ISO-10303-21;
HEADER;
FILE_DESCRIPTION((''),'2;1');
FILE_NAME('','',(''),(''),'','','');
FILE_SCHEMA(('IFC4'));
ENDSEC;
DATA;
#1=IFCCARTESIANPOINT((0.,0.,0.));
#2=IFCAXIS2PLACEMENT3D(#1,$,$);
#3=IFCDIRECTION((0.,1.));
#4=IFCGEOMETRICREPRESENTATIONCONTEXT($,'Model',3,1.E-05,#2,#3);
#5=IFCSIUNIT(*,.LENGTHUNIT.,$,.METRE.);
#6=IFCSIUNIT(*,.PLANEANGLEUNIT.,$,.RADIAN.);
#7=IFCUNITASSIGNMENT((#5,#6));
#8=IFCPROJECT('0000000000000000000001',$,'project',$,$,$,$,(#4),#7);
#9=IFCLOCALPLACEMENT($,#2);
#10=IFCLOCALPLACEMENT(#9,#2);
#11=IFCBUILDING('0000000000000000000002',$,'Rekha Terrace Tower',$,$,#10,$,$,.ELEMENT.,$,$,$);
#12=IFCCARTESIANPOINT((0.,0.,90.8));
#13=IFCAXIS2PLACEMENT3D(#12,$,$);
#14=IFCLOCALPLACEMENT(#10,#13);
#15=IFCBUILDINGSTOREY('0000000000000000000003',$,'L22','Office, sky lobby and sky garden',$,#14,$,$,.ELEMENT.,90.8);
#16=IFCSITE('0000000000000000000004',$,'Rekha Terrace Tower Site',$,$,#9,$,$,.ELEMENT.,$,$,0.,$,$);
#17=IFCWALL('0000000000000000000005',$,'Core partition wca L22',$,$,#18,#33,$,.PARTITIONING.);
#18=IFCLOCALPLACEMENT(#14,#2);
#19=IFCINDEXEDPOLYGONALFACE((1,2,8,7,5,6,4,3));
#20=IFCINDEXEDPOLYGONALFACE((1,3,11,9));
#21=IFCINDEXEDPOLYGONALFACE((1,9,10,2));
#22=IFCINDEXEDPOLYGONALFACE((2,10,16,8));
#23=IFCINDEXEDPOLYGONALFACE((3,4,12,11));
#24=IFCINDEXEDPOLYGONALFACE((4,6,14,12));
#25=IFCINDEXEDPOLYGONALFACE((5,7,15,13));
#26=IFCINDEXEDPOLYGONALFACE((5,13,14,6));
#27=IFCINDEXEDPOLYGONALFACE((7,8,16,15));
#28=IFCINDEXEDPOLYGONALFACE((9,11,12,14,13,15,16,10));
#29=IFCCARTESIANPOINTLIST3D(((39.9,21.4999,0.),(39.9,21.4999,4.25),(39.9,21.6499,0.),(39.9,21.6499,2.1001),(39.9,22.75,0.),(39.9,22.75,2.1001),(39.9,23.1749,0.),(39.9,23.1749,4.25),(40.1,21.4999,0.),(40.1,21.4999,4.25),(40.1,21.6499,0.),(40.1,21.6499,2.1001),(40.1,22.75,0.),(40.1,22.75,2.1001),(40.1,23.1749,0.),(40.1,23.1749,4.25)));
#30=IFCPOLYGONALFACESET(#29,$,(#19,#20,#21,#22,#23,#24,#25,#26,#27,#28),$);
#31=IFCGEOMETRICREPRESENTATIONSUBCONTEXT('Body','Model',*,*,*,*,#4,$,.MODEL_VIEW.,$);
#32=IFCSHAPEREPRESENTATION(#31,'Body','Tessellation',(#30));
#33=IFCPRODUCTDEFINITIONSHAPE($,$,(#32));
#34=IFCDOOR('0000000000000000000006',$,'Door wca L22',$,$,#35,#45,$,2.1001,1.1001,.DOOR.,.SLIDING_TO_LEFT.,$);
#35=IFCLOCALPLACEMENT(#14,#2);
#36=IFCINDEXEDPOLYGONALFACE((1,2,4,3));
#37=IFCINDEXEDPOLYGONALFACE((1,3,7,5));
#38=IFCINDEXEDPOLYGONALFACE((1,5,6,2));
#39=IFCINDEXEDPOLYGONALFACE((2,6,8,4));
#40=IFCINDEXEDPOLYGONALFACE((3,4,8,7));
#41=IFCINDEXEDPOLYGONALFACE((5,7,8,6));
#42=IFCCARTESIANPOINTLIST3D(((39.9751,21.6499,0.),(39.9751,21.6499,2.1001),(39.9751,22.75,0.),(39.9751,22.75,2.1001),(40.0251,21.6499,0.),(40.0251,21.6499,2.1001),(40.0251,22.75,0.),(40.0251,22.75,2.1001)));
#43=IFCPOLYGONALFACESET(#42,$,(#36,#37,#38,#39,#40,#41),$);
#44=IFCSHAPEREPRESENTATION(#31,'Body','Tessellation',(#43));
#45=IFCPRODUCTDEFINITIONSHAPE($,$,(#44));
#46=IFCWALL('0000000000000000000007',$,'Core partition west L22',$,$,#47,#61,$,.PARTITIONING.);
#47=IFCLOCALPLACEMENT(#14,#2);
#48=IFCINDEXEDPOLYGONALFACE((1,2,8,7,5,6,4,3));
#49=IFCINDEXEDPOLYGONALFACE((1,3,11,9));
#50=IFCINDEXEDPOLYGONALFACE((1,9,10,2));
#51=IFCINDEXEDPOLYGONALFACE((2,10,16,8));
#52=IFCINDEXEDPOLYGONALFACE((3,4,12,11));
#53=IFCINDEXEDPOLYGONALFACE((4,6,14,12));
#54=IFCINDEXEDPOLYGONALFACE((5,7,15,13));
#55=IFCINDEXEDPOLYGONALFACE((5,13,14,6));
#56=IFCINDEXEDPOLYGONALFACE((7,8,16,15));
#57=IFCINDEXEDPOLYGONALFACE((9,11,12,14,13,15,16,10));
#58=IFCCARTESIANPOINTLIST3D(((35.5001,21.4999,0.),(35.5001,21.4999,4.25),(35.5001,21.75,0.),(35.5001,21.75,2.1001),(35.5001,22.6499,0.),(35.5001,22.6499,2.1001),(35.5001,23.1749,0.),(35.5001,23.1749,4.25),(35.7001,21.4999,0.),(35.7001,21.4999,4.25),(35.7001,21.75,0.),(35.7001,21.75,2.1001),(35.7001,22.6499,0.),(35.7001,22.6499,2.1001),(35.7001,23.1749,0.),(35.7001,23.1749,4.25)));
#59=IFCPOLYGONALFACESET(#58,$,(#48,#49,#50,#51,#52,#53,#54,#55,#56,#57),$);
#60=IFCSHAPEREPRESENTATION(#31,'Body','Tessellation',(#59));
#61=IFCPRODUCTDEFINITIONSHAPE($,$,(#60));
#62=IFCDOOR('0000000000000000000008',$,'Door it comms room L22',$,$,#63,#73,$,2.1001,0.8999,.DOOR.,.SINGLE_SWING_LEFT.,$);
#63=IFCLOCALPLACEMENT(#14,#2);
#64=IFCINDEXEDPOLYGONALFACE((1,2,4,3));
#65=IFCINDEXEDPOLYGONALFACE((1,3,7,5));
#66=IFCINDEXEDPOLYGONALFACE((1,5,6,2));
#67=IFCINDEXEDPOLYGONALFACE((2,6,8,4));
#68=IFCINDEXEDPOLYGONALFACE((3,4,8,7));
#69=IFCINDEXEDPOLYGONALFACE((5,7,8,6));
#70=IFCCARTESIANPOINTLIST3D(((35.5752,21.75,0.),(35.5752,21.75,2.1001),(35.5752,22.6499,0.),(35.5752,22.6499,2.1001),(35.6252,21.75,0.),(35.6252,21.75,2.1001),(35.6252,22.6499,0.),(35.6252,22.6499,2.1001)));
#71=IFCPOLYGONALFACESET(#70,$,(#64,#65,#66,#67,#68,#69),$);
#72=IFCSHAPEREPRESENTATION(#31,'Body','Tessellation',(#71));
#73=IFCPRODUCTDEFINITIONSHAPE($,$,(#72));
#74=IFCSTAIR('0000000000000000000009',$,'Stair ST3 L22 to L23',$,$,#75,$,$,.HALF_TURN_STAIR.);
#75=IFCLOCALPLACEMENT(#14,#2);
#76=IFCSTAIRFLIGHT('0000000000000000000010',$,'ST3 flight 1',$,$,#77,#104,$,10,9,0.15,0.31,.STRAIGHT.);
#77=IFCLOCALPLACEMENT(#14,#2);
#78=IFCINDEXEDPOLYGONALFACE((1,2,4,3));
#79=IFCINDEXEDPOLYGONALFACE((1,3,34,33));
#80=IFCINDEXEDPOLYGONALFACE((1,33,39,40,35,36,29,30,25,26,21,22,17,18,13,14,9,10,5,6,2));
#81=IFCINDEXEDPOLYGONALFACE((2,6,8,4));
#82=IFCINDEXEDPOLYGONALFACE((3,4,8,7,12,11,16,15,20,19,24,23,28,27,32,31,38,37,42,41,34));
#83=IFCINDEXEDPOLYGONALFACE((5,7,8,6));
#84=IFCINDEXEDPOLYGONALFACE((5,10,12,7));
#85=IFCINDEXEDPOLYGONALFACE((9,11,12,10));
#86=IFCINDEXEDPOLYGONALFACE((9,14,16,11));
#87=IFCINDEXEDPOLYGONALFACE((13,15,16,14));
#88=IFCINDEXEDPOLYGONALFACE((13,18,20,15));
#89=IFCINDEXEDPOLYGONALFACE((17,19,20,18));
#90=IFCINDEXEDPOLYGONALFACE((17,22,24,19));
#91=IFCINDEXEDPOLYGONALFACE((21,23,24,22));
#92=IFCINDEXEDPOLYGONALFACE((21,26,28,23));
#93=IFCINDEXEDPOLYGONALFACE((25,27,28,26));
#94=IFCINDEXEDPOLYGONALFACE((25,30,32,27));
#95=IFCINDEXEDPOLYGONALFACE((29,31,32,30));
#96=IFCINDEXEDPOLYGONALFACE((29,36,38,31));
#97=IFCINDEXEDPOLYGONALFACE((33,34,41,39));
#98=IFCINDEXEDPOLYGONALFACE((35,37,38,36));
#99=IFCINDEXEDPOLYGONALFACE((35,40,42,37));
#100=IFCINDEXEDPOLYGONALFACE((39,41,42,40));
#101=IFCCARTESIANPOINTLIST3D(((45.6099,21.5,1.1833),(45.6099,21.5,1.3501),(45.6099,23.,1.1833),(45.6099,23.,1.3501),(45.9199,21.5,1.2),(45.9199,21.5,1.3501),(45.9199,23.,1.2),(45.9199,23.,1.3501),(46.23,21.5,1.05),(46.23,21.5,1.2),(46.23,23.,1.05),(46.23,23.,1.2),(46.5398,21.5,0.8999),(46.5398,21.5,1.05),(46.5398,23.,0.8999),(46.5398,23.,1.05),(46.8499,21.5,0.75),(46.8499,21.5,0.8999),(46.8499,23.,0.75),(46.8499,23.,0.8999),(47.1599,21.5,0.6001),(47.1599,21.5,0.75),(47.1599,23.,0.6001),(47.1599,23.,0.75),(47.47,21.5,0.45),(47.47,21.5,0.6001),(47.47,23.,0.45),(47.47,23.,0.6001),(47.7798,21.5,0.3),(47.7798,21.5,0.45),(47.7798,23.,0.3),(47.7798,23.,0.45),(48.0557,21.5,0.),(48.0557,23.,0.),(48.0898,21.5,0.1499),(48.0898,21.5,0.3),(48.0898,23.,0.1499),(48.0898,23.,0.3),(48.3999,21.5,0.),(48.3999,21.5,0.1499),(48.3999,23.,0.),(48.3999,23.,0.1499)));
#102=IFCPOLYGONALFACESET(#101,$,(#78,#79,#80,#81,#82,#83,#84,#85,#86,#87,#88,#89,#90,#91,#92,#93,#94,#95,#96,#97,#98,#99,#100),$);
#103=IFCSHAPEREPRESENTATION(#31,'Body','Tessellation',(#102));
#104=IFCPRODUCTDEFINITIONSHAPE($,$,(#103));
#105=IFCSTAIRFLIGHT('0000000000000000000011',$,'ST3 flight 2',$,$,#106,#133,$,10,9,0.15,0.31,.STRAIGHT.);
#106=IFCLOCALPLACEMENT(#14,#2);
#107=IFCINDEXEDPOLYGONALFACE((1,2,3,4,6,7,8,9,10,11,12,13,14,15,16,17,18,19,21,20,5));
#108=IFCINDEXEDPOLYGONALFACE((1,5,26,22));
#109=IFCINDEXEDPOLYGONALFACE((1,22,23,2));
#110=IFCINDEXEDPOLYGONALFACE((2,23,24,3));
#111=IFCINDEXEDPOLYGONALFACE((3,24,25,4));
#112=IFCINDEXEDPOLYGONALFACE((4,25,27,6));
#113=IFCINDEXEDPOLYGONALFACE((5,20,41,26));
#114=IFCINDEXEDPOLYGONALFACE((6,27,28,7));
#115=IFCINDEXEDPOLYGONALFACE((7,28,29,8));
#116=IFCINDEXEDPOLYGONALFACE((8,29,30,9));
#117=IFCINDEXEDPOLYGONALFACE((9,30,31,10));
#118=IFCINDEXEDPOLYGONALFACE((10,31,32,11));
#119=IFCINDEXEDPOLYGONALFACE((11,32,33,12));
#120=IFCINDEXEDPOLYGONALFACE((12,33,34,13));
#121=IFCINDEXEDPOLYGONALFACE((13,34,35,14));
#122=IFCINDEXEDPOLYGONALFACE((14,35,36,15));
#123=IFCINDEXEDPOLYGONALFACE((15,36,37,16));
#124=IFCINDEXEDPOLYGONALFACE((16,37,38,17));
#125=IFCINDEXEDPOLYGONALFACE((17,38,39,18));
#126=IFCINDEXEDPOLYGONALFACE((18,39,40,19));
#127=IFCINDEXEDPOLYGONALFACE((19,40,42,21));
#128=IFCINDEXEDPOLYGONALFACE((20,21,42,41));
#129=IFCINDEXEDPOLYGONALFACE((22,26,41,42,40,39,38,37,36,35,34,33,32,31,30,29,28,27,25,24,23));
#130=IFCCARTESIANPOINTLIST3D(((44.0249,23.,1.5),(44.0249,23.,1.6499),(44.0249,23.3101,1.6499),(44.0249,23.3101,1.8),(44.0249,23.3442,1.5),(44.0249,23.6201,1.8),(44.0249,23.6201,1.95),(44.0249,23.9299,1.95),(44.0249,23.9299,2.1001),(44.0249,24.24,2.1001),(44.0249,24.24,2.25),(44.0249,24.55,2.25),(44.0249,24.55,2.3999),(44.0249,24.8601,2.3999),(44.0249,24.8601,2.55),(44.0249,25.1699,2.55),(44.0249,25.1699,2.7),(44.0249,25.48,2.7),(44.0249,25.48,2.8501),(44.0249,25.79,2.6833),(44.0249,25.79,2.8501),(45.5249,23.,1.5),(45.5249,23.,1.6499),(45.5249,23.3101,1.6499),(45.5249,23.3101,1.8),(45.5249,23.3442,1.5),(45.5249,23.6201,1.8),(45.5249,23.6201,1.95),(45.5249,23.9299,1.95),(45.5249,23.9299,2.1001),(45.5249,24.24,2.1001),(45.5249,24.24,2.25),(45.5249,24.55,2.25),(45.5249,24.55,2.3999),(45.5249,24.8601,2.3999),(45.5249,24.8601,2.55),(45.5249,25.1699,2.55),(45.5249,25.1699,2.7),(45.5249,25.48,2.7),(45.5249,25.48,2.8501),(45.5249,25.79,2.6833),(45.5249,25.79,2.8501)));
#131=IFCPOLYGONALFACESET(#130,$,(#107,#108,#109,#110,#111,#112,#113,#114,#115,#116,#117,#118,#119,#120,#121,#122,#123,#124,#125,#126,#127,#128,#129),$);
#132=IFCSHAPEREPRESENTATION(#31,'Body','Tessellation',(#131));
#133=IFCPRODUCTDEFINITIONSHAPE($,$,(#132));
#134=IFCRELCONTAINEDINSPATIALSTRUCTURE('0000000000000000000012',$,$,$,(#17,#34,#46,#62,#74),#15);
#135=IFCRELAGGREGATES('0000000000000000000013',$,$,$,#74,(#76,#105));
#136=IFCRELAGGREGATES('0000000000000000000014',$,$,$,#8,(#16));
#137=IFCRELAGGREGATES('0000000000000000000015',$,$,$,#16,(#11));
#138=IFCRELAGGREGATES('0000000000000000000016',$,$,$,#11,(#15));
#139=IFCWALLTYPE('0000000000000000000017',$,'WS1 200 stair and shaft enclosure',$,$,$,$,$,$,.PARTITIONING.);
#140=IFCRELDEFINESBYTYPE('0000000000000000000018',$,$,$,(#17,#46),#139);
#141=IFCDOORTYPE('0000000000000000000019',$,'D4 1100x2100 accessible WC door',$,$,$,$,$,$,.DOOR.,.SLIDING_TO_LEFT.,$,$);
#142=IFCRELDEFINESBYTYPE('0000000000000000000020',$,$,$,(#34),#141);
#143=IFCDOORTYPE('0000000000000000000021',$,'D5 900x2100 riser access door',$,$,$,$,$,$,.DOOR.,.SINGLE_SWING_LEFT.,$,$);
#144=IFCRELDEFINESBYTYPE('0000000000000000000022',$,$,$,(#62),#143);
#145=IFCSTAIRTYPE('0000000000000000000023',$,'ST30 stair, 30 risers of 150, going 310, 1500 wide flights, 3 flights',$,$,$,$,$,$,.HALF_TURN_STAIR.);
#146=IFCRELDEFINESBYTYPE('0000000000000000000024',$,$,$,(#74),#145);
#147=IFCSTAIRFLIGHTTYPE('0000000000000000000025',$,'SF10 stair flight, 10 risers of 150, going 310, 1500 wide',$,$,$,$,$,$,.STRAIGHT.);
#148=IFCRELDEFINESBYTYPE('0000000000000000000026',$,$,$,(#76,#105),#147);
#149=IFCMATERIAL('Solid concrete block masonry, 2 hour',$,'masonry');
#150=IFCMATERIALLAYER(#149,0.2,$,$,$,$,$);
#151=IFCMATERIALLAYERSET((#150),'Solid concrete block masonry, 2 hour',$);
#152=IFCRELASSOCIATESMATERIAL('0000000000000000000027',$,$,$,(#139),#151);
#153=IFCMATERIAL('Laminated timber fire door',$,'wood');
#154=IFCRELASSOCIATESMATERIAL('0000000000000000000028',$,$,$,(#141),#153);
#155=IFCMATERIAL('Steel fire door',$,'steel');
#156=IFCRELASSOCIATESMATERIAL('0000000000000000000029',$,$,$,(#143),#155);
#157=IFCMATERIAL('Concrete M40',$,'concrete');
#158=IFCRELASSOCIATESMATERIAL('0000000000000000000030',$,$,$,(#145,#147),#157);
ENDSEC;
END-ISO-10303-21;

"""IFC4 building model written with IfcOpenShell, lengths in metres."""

from ifc_helpers import new_model, si_unit, direction, frame, frame_2d, origin, place, context, subcontext, project, spatial, polyline, rectangle, outline, extrude, material, layer, layer_set, type_object, element, fill, aggregate, save


model = new_model("IFC4")

# Units and contexts
model_context = context("Model", 3, precision=1e-05, world=origin(), true_north=direction((0.0, 1.0)))
body_context = subcontext(model_context, "Body", "Model", "MODEL_VIEW")
ifc_project = project(units=[si_unit("LENGTHUNIT", "METRE"), si_unit("PLANEANGLEUNIT", "RADIAN")], contexts=[model_context])

# Site, building, storey
site_placement = place(None, origin())
site = spatial("IfcSite", under=ifc_project, at=site_placement, Name="Rekha Terrace Tower Site", CompositionType="ELEMENT", RefElevation=0.0)
building_placement = place(site_placement, origin())
building = spatial("IfcBuilding", under=site, at=building_placement, Name="Rekha Terrace Tower", CompositionType="ELEMENT")
storey_placement = place(building_placement, frame((0.0, 0.0, 90.8)))
storey = spatial("IfcBuildingStorey", under=building, at=storey_placement, Name="L22", Description="Office, sky lobby and sky garden", CompositionType="ELEMENT", Elevation=90.8)

# Walls, openings, doors
ifc_material_1 = material(Name="Solid concrete block masonry, 2 hour", Category="masonry")
ifc_layer_1 = layer(ifc_material_1, 0.2)
ifc_layer_set_1 = layer_set([ifc_layer_1], Name="Solid concrete block masonry, 2 hour")
wall_type_1 = type_object("IfcWallType", Name="WS1 200 stair and shaft enclosure", PredefinedType="PARTITIONING", material=ifc_layer_set_1)
wall_1_placement = place(storey_placement, frame((40.0, 21.5, 0.0), z_axis=(0.0, 0.0, 1.0), x_axis=(0.0, 1.0, 0.0)))
wall_1 = element("IfcWall", 1, at=wall_1_placement, inside=storey, type_object=wall_type_1, Name="Core partition wca L22", PredefinedType="PARTITIONING", context=body_context, shape_type="SweptSolid", body=[
    extrude(rectangle(XDim=1.675, YDim=0.2, at=frame_2d((0.8374, 0.0))), origin(), (0.0, 0.0, 1.0), 4.25),
])
opening_1_placement = place(wall_1_placement, frame((0.1499, 0.0, 0.0)))
opening_1 = element("IfcOpeningElement", 2, at=opening_1_placement, cuts=wall_1, PredefinedType="OPENING", context=body_context, shape_type="SweptSolid", body=[
    extrude(rectangle(XDim=1.1001, YDim=2.1001, at=frame_2d((0.55, 1.05))), frame((0.0, 0.1099, 0.0), z_axis=(0.0, -1.0, 0.0), x_axis=(1.0, 0.0, 0.0)), (0.0, 0.0, 1.0), 0.22),
])
ifc_material_2 = material(Name="Laminated timber fire door", Category="wood")
door_type_1 = type_object("IfcDoorType", Name="D4 1100x2100 accessible WC door", OperationType="SLIDING_TO_LEFT", PredefinedType="DOOR", material=ifc_material_2)
door_1_placement = place(opening_1_placement, origin())
door_1 = element("IfcDoor", 3, at=door_1_placement, inside=storey, type_object=door_type_1, Name="Door wca L22", OperationType="SLIDING_TO_LEFT", OverallHeight=2.1001, OverallWidth=1.1001, PredefinedType="DOOR", context=body_context, shape_type="SweptSolid", body=[
    extrude(rectangle(XDim=1.1001, YDim=2.1001, at=frame_2d((0.55, 1.05))), frame((0.0, 0.0249, 0.0), z_axis=(0.0, -1.0, 0.0), x_axis=(1.0, 0.0, 0.0)), (0.0, 0.0, 1.0), 0.05),
])
fill(opening_1, door_1)
wall_2_placement = place(storey_placement, frame((35.6001, 21.5, 0.0), z_axis=(0.0, 0.0, 1.0), x_axis=(0.0, 1.0, 0.0)))
wall_2 = element("IfcWall", 4, at=wall_2_placement, inside=storey, type_object=wall_type_1, Name="Core partition west L22", PredefinedType="PARTITIONING", context=body_context, shape_type="SweptSolid", body=[
    extrude(rectangle(XDim=1.675, YDim=0.2, at=frame_2d((0.8374, 0.0))), origin(), (0.0, 0.0, 1.0), 4.25),
])
opening_2_placement = place(wall_2_placement, frame((0.25, 0.0, 0.0)))
opening_2 = element("IfcOpeningElement", 5, at=opening_2_placement, cuts=wall_2, PredefinedType="OPENING", context=body_context, shape_type="SweptSolid", body=[
    extrude(rectangle(XDim=0.8999, YDim=2.1001, at=frame_2d((0.45, 1.05))), frame((0.0, 0.1099, 0.0), z_axis=(0.0, -1.0, 0.0), x_axis=(1.0, 0.0, 0.0)), (0.0, 0.0, 1.0), 0.22),
])
ifc_material_3 = material(Name="Steel fire door", Category="steel")
door_type_2 = type_object("IfcDoorType", Name="D5 900x2100 riser access door", OperationType="SINGLE_SWING_LEFT", PredefinedType="DOOR", material=ifc_material_3)
door_2_placement = place(opening_2_placement, origin())
door_2 = element("IfcDoor", 6, at=door_2_placement, inside=storey, type_object=door_type_2, Name="Door it comms room L22", OperationType="SINGLE_SWING_LEFT", OverallHeight=2.1001, OverallWidth=0.8999, PredefinedType="DOOR", context=body_context, shape_type="SweptSolid", body=[
    extrude(rectangle(XDim=0.8999, YDim=2.1001, at=frame_2d((0.45, 1.05))), frame((0.0, 0.0249, 0.0), z_axis=(0.0, -1.0, 0.0), x_axis=(1.0, 0.0, 0.0)), (0.0, 0.0, 1.0), 0.05),
])
fill(opening_2, door_2)

# Stair, stair flights
ifc_material_4 = material(Name="Concrete M40", Category="concrete")
stair_type = type_object("IfcStairType", Name="ST30 stair, 30 risers of 150, going 310, 1500 wide flights, 3 flights", PredefinedType="HALF_TURN_STAIR", material=ifc_material_4)
stair_placement = place(storey_placement, origin())
stair = element("IfcStair", 7, at=stair_placement, inside=storey, type_object=stair_type, Name="Stair ST3 L22 to L23", PredefinedType="HALF_TURN_STAIR")
stair_flight_type = type_object("IfcStairFlightType", Name="SF10 stair flight, 10 risers of 150, going 310, 1500 wide", PredefinedType="STRAIGHT", material=ifc_material_4)
stair_flight_1_placement = place(storey_placement, frame((48.3999, 22.25, 0.0), z_axis=(0.0, 0.0, 1.0), x_axis=(-1.0, 0.0, 0.0)))
stair_flight_1 = element("IfcStairFlight", 8, at=stair_flight_1_placement, type_object=stair_flight_type, Name="ST3 flight 1", NumberOfRisers=10, NumberOfTreads=9, PredefinedType="STRAIGHT", RiserHeight=0.15, TreadLength=0.31, context=body_context, shape_type="SweptSolid", body=[
    extrude(outline(polyline([(0.0, 0.0), (0.0, 0.1499), (0.3101, 0.1499), (0.3101, 0.3), (0.6201, 0.3), (0.6201, 0.45), (0.9299, 0.45), (0.9299, 0.6001), (1.24, 0.6001), (1.24, 0.75), (1.55, 0.75), (1.55, 0.8999), (1.8601, 0.8999), (1.8601, 1.05), (2.1699, 1.05), (2.1699, 1.2), (2.48, 1.2), (2.48, 1.3501), (2.79, 1.3501), (2.79, 1.5), (2.79, 1.1833), (0.3442, 0.0), (0.0, 0.0)])), frame((0.0, 0.75, 0.0), z_axis=(0.0, -1.0, 0.0), x_axis=(1.0, 0.0, 0.0)), (0.0, 0.0, 1.0), 1.5),
])
stair_flight_2_placement = place(storey_placement, frame((44.7749, 23.0, 1.5), z_axis=(0.0, 0.0, 1.0), x_axis=(0.0, 1.0, 0.0)))
stair_flight_2 = element("IfcStairFlight", 9, at=stair_flight_2_placement, type_object=stair_flight_type, Name="ST3 flight 2", NumberOfRisers=10, NumberOfTreads=9, PredefinedType="STRAIGHT", RiserHeight=0.15, TreadLength=0.31, context=body_context, shape_type="SweptSolid", body=[
    extrude(outline(polyline([(0.0, 0.0), (0.0, 0.1499), (0.3101, 0.1499), (0.3101, 0.3), (0.6201, 0.3), (0.6201, 0.45), (0.9299, 0.45), (0.9299, 0.6001), (1.24, 0.6001), (1.24, 0.75), (1.55, 0.75), (1.55, 0.8999), (1.8601, 0.8999), (1.8601, 1.05), (2.1699, 1.05), (2.1699, 1.2), (2.48, 1.2), (2.48, 1.3501), (2.79, 1.3501), (2.79, 1.5), (2.79, 1.1833), (0.3442, 0.0), (0.0, 0.0)])), frame((0.0, 0.75, 0.0), z_axis=(0.0, -1.0, 0.0), x_axis=(1.0, 0.0, 0.0)), (0.0, 0.0, 1.0), 1.5),
])
aggregate(stair, [stair_flight_1, stair_flight_2])

save(model, "model.ifc")
